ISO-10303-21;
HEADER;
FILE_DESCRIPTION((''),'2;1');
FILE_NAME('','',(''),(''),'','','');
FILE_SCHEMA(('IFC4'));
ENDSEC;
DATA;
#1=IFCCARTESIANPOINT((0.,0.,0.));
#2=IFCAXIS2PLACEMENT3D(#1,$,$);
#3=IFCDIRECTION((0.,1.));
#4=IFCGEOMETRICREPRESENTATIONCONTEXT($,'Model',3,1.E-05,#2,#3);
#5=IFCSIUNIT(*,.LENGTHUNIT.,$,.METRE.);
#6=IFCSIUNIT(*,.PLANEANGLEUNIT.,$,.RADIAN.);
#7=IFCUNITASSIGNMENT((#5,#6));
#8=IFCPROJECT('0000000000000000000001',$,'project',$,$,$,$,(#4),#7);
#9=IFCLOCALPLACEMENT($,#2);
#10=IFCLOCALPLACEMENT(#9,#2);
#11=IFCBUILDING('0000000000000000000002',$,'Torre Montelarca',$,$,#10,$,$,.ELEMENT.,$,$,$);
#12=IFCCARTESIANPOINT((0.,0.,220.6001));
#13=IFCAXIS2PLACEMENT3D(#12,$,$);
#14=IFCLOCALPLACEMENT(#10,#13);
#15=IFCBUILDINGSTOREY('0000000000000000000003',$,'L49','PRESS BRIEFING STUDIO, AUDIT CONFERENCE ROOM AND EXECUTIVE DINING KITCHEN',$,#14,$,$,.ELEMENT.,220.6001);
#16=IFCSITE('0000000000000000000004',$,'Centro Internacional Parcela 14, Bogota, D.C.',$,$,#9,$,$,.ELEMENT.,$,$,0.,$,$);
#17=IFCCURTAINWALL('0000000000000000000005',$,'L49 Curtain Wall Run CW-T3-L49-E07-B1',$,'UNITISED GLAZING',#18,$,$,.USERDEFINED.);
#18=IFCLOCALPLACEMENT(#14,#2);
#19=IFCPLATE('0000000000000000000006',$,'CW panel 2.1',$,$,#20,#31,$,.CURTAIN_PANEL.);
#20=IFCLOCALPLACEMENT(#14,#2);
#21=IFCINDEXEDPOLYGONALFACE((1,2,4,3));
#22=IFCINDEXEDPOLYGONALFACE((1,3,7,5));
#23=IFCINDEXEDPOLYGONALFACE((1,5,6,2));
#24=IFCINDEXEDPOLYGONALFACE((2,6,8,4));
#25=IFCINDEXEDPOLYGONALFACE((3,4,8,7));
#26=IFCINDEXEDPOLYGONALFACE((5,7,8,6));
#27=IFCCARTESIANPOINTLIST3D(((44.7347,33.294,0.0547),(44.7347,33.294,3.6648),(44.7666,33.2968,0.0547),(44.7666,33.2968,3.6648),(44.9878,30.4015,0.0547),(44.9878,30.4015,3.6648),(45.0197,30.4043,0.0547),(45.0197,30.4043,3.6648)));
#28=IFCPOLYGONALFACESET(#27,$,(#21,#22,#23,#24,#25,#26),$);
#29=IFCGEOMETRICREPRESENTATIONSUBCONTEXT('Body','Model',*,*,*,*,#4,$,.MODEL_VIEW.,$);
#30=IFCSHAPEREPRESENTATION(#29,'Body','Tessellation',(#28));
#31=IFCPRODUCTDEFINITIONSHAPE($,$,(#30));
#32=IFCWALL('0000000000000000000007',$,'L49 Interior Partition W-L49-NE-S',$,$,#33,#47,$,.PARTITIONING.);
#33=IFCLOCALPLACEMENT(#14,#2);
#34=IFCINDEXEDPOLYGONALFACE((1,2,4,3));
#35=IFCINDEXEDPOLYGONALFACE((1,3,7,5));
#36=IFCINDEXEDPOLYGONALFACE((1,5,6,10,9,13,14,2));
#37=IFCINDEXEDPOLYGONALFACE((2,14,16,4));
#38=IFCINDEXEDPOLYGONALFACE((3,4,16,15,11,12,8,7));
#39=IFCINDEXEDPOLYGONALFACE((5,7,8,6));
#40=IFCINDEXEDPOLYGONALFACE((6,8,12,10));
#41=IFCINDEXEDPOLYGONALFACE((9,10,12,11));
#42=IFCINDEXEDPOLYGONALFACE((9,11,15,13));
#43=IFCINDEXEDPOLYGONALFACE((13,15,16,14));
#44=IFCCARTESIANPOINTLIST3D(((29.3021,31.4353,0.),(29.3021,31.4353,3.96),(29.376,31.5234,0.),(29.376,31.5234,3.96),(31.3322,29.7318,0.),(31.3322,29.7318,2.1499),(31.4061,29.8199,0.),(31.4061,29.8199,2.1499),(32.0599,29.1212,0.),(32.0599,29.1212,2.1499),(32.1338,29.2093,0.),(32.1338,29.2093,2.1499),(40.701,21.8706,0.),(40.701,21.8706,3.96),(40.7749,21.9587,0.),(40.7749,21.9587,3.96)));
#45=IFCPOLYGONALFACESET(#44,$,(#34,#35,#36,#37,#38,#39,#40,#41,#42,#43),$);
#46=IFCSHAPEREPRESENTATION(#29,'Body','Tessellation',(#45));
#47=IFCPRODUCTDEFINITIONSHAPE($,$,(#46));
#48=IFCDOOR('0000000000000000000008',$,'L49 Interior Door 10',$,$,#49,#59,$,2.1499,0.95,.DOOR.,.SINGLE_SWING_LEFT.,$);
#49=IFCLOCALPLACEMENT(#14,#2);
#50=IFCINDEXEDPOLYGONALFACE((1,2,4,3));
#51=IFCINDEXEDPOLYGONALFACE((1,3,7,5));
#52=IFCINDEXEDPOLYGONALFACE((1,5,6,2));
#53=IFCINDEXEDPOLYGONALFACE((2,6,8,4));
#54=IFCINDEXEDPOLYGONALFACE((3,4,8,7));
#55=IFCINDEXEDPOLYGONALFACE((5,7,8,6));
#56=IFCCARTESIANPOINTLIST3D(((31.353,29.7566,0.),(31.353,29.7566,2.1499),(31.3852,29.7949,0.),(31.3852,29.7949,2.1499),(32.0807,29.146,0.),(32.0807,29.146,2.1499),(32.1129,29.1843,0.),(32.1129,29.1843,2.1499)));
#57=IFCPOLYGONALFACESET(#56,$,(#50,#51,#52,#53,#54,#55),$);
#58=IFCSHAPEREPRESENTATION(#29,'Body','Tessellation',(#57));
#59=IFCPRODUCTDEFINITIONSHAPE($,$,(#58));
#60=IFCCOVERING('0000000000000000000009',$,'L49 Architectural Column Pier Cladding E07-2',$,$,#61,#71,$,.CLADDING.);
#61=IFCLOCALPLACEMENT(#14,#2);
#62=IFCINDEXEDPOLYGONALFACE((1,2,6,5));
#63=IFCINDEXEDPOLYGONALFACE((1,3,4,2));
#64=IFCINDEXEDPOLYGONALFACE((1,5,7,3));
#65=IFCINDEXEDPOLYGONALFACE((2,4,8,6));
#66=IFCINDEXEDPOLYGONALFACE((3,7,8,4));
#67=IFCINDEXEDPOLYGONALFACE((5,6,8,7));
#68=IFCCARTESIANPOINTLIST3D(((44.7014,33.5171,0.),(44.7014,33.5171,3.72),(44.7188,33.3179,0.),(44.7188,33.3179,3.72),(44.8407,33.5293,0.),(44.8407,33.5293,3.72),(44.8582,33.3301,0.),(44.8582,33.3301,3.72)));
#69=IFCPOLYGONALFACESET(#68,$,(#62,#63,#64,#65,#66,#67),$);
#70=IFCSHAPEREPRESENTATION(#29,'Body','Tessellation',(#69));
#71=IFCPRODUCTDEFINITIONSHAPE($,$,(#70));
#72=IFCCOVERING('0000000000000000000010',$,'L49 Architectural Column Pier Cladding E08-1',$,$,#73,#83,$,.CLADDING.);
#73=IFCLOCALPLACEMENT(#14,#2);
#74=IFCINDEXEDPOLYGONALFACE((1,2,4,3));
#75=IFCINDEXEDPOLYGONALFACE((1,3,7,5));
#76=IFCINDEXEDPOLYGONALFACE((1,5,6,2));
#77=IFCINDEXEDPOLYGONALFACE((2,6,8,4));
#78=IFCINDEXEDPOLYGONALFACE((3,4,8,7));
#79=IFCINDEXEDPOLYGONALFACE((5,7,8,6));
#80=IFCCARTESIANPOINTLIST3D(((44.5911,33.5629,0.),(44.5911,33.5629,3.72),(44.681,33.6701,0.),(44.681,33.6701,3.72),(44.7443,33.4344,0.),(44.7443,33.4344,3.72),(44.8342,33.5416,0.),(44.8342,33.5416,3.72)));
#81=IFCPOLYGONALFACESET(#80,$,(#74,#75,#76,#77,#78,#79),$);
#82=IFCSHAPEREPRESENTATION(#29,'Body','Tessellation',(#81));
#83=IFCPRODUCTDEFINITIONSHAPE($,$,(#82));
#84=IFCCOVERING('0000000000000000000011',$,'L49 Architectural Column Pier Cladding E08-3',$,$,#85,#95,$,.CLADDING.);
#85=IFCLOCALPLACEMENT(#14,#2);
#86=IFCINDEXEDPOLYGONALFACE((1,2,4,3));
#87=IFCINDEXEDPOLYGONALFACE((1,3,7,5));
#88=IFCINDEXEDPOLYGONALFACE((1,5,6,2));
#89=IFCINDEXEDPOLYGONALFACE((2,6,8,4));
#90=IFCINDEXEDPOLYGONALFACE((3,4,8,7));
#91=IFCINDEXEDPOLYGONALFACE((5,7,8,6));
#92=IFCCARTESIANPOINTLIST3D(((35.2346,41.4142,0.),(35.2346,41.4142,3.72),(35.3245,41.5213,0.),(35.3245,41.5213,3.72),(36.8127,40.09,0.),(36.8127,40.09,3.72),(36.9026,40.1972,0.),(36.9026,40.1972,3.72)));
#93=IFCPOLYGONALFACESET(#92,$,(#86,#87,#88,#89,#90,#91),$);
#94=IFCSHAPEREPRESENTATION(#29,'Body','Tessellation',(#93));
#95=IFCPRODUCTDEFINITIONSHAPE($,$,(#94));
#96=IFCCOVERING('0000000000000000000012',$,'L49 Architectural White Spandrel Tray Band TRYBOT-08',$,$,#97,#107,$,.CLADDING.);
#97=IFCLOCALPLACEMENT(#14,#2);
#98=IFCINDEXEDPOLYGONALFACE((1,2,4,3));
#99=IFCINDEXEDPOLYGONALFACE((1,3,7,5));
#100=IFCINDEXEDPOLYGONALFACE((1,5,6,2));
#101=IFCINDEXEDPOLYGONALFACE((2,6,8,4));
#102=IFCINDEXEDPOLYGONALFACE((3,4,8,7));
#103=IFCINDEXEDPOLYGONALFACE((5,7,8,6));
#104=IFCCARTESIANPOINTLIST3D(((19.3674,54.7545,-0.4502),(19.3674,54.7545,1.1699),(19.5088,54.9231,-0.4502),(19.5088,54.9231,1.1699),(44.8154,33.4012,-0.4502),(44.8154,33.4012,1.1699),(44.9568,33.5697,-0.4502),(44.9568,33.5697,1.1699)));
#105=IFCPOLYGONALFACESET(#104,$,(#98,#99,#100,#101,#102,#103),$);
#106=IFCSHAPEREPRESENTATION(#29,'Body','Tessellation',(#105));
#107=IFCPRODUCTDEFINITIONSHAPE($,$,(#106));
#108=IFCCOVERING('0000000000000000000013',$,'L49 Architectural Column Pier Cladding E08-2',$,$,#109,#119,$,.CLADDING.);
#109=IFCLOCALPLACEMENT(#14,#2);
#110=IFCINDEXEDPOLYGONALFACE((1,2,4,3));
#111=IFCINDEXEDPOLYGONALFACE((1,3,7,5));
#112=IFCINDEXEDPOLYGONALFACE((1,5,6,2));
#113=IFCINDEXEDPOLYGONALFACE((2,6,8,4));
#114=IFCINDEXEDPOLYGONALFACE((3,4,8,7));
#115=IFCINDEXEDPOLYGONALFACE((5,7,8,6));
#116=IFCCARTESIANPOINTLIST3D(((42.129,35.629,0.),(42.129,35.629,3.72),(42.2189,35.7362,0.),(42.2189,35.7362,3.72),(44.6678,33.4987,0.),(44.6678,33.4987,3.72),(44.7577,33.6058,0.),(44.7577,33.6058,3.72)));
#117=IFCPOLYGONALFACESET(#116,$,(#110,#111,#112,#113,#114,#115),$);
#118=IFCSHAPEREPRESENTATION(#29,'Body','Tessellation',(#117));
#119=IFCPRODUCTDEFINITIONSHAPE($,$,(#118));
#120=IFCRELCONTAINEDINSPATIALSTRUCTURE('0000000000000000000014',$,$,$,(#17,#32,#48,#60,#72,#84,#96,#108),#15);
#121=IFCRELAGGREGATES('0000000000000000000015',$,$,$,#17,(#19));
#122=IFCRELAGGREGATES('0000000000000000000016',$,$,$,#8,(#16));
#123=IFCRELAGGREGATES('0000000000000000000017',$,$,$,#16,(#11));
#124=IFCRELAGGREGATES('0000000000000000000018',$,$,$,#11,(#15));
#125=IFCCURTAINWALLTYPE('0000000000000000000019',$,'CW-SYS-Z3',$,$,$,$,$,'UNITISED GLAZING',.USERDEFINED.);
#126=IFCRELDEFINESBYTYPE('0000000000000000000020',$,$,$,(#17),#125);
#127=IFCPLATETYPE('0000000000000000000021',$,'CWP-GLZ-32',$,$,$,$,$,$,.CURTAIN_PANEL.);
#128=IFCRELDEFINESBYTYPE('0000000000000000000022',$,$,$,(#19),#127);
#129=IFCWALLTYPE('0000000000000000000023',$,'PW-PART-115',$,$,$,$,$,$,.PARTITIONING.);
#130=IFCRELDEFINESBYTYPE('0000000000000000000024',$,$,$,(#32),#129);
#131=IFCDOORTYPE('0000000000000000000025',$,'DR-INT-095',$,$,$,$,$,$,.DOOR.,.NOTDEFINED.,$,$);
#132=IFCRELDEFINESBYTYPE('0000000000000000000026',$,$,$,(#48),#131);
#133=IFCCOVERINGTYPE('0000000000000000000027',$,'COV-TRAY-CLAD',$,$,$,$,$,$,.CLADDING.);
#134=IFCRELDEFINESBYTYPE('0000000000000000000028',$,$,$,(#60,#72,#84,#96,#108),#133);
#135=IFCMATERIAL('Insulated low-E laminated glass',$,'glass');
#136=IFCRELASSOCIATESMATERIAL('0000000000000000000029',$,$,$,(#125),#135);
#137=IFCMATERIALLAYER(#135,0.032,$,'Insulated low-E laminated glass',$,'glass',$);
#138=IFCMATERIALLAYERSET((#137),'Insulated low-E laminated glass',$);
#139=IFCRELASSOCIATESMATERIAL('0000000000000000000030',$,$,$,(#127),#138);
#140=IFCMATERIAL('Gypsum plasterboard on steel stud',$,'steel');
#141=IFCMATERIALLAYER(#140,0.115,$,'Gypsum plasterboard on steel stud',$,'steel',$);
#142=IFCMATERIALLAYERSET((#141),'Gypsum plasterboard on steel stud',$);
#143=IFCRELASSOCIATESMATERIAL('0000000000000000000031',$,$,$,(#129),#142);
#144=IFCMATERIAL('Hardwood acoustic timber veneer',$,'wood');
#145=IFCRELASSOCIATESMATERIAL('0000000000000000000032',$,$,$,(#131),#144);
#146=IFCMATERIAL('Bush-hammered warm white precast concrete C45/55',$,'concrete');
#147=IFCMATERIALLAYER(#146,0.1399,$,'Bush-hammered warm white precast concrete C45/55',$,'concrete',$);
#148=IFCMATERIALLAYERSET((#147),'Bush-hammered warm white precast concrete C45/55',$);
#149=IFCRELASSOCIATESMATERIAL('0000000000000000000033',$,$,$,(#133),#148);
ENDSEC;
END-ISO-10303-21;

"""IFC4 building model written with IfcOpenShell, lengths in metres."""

from ifc_helpers import new_model, si_unit, direction, frame, frame_2d, origin, origin_2d, place, context, subcontext, project, spatial, rectangle, extrude, source, transform, mapped, material, layer, layer_set, type_object, element, fill, aggregate, save


model = new_model("IFC4")

# Units and contexts
model_context = context("Model", 3, precision=1e-05, world=origin(), true_north=direction((0.0, 1.0)))
body_context = subcontext(model_context, "Body", "Model", "MODEL_VIEW")
ifc_project = project(units=[si_unit("LENGTHUNIT", "METRE"), si_unit("PLANEANGLEUNIT", "RADIAN")], contexts=[model_context])

# Site, building, storey
site_placement = place(None, origin())
site = spatial("IfcSite", under=ifc_project, at=site_placement, Name="Centro Internacional Parcela 14, Bogota, D.C.", CompositionType="ELEMENT", RefElevation=0.0)
building_placement = place(site_placement, origin())
building = spatial("IfcBuilding", under=site, at=building_placement, Name="Torre Montelarca", CompositionType="ELEMENT")
storey_placement = place(building_placement, frame((0.0, 0.0, 220.6001)))
storey = spatial("IfcBuildingStorey", under=building, at=storey_placement, Name="L49", Description="PRESS BRIEFING STUDIO, AUDIT CONFERENCE ROOM AND EXECUTIVE DINING KITCHEN", CompositionType="ELEMENT", Elevation=220.6001)

# Shared definitions
ifc_material_1 = material(Name="Insulated low-E laminated glass", Category="glass")
curtain_wall_type = type_object("IfcCurtainWallType", Name="CW-SYS-Z3", ElementType="UNITISED GLAZING", PredefinedType="USERDEFINED", material=ifc_material_1)

# Curtain wall
curtain_wall_1_placement = place(storey_placement, origin())
curtain_wall_1 = element("IfcCurtainWall", 1, at=curtain_wall_1_placement, inside=storey, type_object=curtain_wall_type, Name="L49 Curtain Wall Run CW-T3-L49-E07-B1", ObjectType="UNITISED GLAZING", PredefinedType="USERDEFINED")

# Plate
ifc_layer_1 = layer(ifc_material_1, 0.032, Name="Insulated low-E laminated glass", Category="glass")
ifc_layer_set_1 = layer_set([ifc_layer_1], Name="Insulated low-E laminated glass")
plate_type = type_object("IfcPlateType", Name="CWP-GLZ-32", PredefinedType="CURTAIN_PANEL", material=ifc_layer_set_1)
shared_shape_1 = source(origin(), body_context, "Body", "SweptSolid", [
    extrude(rectangle(XDim=2.9036, YDim=0.032, at=origin_2d()), origin(), (0.0, 0.0, 1.0), 3.6101),
])
plate_1_placement = place(storey_placement, frame((44.8772, 31.8491, 0.0547), z_axis=(0.0, 0.0, 1.0), x_axis=(-0.087183, 0.996192, 0.0)))
plate_1 = element("IfcPlate", 2, at=plate_1_placement, type_object=plate_type, Name="CW panel 2.1", PredefinedType="CURTAIN_PANEL", context=body_context, shape_type="MappedRepresentation", body=[
    mapped(shared_shape_1, transform((0.0, 0.0, 0.0), scale=1.0)),
])
aggregate(curtain_wall_1, [plate_1])

# Wall, opening, door
ifc_material_2 = material(Name="Gypsum plasterboard on steel stud", Category="steel")
ifc_layer_2 = layer(ifc_material_2, 0.115, Name="Gypsum plasterboard on steel stud", Category="steel")
ifc_layer_set_2 = layer_set([ifc_layer_2], Name="Gypsum plasterboard on steel stud")
wall_type = type_object("IfcWallType", Name="PW-PART-115", PredefinedType="PARTITIONING", material=ifc_layer_set_2)
wall_placement = place(storey_placement, frame((29.3391, 31.4792, 0.0), z_axis=(0.0, 0.0, 1.0), x_axis=(0.766049, -0.642782, 0.0)))
wall = element("IfcWall", 3, at=wall_placement, inside=storey, type_object=wall_type, Name="L49 Interior Partition W-L49-NE-S", PredefinedType="PARTITIONING", context=body_context, shape_type="SweptSolid", body=[
    extrude(rectangle(XDim=14.8801, YDim=0.115, at=frame_2d((7.4399, 0.0))), origin(), (0.0, 0.0, 1.0), 3.96),
])
opening_placement = place(wall_placement, frame((2.6499, 0.0, 0.0)))
opening = element("IfcOpeningElement", 4, at=opening_placement, cuts=wall, PredefinedType="OPENING", context=body_context, shape_type="SweptSolid", body=[
    extrude(rectangle(XDim=0.95, YDim=2.1499, at=frame_2d((0.4751, 1.075))), frame((0.0, 0.0674, 0.0), z_axis=(0.0, -1.0, 0.0), x_axis=(1.0, 0.0, 0.0)), (0.0, 0.0, 1.0), 0.135),
])
ifc_material_3 = material(Name="Hardwood acoustic timber veneer", Category="wood")
door_type = type_object("IfcDoorType", Name="DR-INT-095", OperationType="NOTDEFINED", PredefinedType="DOOR", material=ifc_material_3)
shared_shape_2 = source(origin(), body_context, "Body", "SweptSolid", [
    extrude(rectangle(XDim=0.95, YDim=2.1499, at=frame_2d((0.4751, 1.075))), frame((0.0, 0.0249, 0.0), z_axis=(0.0, -1.0, 0.0), x_axis=(1.0, 0.0, 0.0)), (0.0, 0.0, 1.0), 0.05),
])
door_placement = place(opening_placement, origin())
door = element("IfcDoor", 5, at=door_placement, inside=storey, type_object=door_type, Name="L49 Interior Door 10", OperationType="SINGLE_SWING_LEFT", OverallHeight=2.1499, OverallWidth=0.95, PredefinedType="DOOR", context=body_context, shape_type="MappedRepresentation", body=[
    mapped(shared_shape_2, transform((0.0, 0.0, 0.0), scale=1.0)),
])
fill(opening, door)

# Coverings
ifc_material_4 = material(Name="Bush-hammered warm white precast concrete C45/55", Category="concrete")
ifc_layer_3 = layer(ifc_material_4, 0.1399, Name="Bush-hammered warm white precast concrete C45/55", Category="concrete")
ifc_layer_set_3 = layer_set([ifc_layer_3], Name="Bush-hammered warm white precast concrete C45/55")
covering_type = type_object("IfcCoveringType", Name="COV-TRAY-CLAD", PredefinedType="CLADDING", material=ifc_layer_set_3)
shared_shape_3 = source(origin(), body_context, "Body", "SweptSolid", [
    extrude(rectangle(XDim=0.2, YDim=0.1399, at=origin_2d()), origin(), (0.0, 0.0, 1.0), 3.72),
])
for number, where, z_axis, x_axis, name in (
    (6, (44.7798, 33.4236, 0.0), (0.0, 0.0, 1.0), (-0.087177, 0.996193, 0.0), "L49 Architectural Column Pier Cladding E07-2"),
    (7, (44.7126, 33.5522, 0.0), (0.0, 0.0, 1.0), (-0.766043, 0.642789, 0.0), "L49 Architectural Column Pier Cladding E08-1"),
):
    element("IfcCovering", number, at=place(storey_placement, frame(where, z_axis=z_axis, x_axis=x_axis)), inside=storey, type_object=covering_type, Name=name, PredefinedType="CLADDING", context=body_context, shape_type="MappedRepresentation", body=[
        mapped(shared_shape_3, transform((0.0, 0.0, 0.0), scale=1.0)),
    ])
shared_shape_4 = source(origin(), body_context, "Body", "SweptSolid", [
    extrude(rectangle(XDim=2.0601, YDim=0.1399, at=origin_2d()), origin(), (0.0, 0.0, 1.0), 3.72),
])
covering_1_placement = place(storey_placement, frame((36.0686, 40.8057, 0.0), z_axis=(0.0, 0.0, 1.0), x_axis=(-0.766043, 0.642789, 0.0)))
element("IfcCovering", 8, at=covering_1_placement, inside=storey, type_object=covering_type, Name="L49 Architectural Column Pier Cladding E08-3", PredefinedType="CLADDING", context=body_context, shape_type="MappedRepresentation", body=[
    mapped(shared_shape_4, transform((0.0, 0.0, 0.0), scale=1.0)),
])
shared_shape_5 = source(origin(), body_context, "Body", "SweptSolid", [
    extrude(rectangle(XDim=33.22, YDim=0.22, at=origin_2d()), origin(), (0.0, 0.0, 1.0), 1.6201),
])
covering_2_placement = place(storey_placement, frame((32.1621, 44.1621, -0.4502), z_axis=(0.0, 0.0, 1.0), x_axis=(-0.766044, 0.642788, 0.0)))
element("IfcCovering", 9, at=covering_2_placement, inside=storey, type_object=covering_type, Name="L49 Architectural White Spandrel Tray Band TRYBOT-08", PredefinedType="CLADDING", context=body_context, shape_type="MappedRepresentation", body=[
    mapped(shared_shape_5, transform((0.0, 0.0, 0.0), scale=1.0)),
])
shared_shape_6 = source(origin(), body_context, "Body", "SweptSolid", [
    extrude(rectangle(XDim=3.3142, YDim=0.1399, at=origin_2d()), origin(), (0.0, 0.0, 1.0), 3.72),
])
covering_3_placement = place(storey_placement, frame((43.4434, 34.6174, 0.0), z_axis=(0.0, 0.0, 1.0), x_axis=(-0.766043, 0.642789, 0.0)))
element("IfcCovering", 10, at=covering_3_placement, inside=storey, type_object=covering_type, Name="L49 Architectural Column Pier Cladding E08-2", PredefinedType="CLADDING", context=body_context, shape_type="MappedRepresentation", body=[
    mapped(shared_shape_6, transform((0.0, 0.0, 0.0), scale=1.0)),
])

save(model, "model.ifc")
